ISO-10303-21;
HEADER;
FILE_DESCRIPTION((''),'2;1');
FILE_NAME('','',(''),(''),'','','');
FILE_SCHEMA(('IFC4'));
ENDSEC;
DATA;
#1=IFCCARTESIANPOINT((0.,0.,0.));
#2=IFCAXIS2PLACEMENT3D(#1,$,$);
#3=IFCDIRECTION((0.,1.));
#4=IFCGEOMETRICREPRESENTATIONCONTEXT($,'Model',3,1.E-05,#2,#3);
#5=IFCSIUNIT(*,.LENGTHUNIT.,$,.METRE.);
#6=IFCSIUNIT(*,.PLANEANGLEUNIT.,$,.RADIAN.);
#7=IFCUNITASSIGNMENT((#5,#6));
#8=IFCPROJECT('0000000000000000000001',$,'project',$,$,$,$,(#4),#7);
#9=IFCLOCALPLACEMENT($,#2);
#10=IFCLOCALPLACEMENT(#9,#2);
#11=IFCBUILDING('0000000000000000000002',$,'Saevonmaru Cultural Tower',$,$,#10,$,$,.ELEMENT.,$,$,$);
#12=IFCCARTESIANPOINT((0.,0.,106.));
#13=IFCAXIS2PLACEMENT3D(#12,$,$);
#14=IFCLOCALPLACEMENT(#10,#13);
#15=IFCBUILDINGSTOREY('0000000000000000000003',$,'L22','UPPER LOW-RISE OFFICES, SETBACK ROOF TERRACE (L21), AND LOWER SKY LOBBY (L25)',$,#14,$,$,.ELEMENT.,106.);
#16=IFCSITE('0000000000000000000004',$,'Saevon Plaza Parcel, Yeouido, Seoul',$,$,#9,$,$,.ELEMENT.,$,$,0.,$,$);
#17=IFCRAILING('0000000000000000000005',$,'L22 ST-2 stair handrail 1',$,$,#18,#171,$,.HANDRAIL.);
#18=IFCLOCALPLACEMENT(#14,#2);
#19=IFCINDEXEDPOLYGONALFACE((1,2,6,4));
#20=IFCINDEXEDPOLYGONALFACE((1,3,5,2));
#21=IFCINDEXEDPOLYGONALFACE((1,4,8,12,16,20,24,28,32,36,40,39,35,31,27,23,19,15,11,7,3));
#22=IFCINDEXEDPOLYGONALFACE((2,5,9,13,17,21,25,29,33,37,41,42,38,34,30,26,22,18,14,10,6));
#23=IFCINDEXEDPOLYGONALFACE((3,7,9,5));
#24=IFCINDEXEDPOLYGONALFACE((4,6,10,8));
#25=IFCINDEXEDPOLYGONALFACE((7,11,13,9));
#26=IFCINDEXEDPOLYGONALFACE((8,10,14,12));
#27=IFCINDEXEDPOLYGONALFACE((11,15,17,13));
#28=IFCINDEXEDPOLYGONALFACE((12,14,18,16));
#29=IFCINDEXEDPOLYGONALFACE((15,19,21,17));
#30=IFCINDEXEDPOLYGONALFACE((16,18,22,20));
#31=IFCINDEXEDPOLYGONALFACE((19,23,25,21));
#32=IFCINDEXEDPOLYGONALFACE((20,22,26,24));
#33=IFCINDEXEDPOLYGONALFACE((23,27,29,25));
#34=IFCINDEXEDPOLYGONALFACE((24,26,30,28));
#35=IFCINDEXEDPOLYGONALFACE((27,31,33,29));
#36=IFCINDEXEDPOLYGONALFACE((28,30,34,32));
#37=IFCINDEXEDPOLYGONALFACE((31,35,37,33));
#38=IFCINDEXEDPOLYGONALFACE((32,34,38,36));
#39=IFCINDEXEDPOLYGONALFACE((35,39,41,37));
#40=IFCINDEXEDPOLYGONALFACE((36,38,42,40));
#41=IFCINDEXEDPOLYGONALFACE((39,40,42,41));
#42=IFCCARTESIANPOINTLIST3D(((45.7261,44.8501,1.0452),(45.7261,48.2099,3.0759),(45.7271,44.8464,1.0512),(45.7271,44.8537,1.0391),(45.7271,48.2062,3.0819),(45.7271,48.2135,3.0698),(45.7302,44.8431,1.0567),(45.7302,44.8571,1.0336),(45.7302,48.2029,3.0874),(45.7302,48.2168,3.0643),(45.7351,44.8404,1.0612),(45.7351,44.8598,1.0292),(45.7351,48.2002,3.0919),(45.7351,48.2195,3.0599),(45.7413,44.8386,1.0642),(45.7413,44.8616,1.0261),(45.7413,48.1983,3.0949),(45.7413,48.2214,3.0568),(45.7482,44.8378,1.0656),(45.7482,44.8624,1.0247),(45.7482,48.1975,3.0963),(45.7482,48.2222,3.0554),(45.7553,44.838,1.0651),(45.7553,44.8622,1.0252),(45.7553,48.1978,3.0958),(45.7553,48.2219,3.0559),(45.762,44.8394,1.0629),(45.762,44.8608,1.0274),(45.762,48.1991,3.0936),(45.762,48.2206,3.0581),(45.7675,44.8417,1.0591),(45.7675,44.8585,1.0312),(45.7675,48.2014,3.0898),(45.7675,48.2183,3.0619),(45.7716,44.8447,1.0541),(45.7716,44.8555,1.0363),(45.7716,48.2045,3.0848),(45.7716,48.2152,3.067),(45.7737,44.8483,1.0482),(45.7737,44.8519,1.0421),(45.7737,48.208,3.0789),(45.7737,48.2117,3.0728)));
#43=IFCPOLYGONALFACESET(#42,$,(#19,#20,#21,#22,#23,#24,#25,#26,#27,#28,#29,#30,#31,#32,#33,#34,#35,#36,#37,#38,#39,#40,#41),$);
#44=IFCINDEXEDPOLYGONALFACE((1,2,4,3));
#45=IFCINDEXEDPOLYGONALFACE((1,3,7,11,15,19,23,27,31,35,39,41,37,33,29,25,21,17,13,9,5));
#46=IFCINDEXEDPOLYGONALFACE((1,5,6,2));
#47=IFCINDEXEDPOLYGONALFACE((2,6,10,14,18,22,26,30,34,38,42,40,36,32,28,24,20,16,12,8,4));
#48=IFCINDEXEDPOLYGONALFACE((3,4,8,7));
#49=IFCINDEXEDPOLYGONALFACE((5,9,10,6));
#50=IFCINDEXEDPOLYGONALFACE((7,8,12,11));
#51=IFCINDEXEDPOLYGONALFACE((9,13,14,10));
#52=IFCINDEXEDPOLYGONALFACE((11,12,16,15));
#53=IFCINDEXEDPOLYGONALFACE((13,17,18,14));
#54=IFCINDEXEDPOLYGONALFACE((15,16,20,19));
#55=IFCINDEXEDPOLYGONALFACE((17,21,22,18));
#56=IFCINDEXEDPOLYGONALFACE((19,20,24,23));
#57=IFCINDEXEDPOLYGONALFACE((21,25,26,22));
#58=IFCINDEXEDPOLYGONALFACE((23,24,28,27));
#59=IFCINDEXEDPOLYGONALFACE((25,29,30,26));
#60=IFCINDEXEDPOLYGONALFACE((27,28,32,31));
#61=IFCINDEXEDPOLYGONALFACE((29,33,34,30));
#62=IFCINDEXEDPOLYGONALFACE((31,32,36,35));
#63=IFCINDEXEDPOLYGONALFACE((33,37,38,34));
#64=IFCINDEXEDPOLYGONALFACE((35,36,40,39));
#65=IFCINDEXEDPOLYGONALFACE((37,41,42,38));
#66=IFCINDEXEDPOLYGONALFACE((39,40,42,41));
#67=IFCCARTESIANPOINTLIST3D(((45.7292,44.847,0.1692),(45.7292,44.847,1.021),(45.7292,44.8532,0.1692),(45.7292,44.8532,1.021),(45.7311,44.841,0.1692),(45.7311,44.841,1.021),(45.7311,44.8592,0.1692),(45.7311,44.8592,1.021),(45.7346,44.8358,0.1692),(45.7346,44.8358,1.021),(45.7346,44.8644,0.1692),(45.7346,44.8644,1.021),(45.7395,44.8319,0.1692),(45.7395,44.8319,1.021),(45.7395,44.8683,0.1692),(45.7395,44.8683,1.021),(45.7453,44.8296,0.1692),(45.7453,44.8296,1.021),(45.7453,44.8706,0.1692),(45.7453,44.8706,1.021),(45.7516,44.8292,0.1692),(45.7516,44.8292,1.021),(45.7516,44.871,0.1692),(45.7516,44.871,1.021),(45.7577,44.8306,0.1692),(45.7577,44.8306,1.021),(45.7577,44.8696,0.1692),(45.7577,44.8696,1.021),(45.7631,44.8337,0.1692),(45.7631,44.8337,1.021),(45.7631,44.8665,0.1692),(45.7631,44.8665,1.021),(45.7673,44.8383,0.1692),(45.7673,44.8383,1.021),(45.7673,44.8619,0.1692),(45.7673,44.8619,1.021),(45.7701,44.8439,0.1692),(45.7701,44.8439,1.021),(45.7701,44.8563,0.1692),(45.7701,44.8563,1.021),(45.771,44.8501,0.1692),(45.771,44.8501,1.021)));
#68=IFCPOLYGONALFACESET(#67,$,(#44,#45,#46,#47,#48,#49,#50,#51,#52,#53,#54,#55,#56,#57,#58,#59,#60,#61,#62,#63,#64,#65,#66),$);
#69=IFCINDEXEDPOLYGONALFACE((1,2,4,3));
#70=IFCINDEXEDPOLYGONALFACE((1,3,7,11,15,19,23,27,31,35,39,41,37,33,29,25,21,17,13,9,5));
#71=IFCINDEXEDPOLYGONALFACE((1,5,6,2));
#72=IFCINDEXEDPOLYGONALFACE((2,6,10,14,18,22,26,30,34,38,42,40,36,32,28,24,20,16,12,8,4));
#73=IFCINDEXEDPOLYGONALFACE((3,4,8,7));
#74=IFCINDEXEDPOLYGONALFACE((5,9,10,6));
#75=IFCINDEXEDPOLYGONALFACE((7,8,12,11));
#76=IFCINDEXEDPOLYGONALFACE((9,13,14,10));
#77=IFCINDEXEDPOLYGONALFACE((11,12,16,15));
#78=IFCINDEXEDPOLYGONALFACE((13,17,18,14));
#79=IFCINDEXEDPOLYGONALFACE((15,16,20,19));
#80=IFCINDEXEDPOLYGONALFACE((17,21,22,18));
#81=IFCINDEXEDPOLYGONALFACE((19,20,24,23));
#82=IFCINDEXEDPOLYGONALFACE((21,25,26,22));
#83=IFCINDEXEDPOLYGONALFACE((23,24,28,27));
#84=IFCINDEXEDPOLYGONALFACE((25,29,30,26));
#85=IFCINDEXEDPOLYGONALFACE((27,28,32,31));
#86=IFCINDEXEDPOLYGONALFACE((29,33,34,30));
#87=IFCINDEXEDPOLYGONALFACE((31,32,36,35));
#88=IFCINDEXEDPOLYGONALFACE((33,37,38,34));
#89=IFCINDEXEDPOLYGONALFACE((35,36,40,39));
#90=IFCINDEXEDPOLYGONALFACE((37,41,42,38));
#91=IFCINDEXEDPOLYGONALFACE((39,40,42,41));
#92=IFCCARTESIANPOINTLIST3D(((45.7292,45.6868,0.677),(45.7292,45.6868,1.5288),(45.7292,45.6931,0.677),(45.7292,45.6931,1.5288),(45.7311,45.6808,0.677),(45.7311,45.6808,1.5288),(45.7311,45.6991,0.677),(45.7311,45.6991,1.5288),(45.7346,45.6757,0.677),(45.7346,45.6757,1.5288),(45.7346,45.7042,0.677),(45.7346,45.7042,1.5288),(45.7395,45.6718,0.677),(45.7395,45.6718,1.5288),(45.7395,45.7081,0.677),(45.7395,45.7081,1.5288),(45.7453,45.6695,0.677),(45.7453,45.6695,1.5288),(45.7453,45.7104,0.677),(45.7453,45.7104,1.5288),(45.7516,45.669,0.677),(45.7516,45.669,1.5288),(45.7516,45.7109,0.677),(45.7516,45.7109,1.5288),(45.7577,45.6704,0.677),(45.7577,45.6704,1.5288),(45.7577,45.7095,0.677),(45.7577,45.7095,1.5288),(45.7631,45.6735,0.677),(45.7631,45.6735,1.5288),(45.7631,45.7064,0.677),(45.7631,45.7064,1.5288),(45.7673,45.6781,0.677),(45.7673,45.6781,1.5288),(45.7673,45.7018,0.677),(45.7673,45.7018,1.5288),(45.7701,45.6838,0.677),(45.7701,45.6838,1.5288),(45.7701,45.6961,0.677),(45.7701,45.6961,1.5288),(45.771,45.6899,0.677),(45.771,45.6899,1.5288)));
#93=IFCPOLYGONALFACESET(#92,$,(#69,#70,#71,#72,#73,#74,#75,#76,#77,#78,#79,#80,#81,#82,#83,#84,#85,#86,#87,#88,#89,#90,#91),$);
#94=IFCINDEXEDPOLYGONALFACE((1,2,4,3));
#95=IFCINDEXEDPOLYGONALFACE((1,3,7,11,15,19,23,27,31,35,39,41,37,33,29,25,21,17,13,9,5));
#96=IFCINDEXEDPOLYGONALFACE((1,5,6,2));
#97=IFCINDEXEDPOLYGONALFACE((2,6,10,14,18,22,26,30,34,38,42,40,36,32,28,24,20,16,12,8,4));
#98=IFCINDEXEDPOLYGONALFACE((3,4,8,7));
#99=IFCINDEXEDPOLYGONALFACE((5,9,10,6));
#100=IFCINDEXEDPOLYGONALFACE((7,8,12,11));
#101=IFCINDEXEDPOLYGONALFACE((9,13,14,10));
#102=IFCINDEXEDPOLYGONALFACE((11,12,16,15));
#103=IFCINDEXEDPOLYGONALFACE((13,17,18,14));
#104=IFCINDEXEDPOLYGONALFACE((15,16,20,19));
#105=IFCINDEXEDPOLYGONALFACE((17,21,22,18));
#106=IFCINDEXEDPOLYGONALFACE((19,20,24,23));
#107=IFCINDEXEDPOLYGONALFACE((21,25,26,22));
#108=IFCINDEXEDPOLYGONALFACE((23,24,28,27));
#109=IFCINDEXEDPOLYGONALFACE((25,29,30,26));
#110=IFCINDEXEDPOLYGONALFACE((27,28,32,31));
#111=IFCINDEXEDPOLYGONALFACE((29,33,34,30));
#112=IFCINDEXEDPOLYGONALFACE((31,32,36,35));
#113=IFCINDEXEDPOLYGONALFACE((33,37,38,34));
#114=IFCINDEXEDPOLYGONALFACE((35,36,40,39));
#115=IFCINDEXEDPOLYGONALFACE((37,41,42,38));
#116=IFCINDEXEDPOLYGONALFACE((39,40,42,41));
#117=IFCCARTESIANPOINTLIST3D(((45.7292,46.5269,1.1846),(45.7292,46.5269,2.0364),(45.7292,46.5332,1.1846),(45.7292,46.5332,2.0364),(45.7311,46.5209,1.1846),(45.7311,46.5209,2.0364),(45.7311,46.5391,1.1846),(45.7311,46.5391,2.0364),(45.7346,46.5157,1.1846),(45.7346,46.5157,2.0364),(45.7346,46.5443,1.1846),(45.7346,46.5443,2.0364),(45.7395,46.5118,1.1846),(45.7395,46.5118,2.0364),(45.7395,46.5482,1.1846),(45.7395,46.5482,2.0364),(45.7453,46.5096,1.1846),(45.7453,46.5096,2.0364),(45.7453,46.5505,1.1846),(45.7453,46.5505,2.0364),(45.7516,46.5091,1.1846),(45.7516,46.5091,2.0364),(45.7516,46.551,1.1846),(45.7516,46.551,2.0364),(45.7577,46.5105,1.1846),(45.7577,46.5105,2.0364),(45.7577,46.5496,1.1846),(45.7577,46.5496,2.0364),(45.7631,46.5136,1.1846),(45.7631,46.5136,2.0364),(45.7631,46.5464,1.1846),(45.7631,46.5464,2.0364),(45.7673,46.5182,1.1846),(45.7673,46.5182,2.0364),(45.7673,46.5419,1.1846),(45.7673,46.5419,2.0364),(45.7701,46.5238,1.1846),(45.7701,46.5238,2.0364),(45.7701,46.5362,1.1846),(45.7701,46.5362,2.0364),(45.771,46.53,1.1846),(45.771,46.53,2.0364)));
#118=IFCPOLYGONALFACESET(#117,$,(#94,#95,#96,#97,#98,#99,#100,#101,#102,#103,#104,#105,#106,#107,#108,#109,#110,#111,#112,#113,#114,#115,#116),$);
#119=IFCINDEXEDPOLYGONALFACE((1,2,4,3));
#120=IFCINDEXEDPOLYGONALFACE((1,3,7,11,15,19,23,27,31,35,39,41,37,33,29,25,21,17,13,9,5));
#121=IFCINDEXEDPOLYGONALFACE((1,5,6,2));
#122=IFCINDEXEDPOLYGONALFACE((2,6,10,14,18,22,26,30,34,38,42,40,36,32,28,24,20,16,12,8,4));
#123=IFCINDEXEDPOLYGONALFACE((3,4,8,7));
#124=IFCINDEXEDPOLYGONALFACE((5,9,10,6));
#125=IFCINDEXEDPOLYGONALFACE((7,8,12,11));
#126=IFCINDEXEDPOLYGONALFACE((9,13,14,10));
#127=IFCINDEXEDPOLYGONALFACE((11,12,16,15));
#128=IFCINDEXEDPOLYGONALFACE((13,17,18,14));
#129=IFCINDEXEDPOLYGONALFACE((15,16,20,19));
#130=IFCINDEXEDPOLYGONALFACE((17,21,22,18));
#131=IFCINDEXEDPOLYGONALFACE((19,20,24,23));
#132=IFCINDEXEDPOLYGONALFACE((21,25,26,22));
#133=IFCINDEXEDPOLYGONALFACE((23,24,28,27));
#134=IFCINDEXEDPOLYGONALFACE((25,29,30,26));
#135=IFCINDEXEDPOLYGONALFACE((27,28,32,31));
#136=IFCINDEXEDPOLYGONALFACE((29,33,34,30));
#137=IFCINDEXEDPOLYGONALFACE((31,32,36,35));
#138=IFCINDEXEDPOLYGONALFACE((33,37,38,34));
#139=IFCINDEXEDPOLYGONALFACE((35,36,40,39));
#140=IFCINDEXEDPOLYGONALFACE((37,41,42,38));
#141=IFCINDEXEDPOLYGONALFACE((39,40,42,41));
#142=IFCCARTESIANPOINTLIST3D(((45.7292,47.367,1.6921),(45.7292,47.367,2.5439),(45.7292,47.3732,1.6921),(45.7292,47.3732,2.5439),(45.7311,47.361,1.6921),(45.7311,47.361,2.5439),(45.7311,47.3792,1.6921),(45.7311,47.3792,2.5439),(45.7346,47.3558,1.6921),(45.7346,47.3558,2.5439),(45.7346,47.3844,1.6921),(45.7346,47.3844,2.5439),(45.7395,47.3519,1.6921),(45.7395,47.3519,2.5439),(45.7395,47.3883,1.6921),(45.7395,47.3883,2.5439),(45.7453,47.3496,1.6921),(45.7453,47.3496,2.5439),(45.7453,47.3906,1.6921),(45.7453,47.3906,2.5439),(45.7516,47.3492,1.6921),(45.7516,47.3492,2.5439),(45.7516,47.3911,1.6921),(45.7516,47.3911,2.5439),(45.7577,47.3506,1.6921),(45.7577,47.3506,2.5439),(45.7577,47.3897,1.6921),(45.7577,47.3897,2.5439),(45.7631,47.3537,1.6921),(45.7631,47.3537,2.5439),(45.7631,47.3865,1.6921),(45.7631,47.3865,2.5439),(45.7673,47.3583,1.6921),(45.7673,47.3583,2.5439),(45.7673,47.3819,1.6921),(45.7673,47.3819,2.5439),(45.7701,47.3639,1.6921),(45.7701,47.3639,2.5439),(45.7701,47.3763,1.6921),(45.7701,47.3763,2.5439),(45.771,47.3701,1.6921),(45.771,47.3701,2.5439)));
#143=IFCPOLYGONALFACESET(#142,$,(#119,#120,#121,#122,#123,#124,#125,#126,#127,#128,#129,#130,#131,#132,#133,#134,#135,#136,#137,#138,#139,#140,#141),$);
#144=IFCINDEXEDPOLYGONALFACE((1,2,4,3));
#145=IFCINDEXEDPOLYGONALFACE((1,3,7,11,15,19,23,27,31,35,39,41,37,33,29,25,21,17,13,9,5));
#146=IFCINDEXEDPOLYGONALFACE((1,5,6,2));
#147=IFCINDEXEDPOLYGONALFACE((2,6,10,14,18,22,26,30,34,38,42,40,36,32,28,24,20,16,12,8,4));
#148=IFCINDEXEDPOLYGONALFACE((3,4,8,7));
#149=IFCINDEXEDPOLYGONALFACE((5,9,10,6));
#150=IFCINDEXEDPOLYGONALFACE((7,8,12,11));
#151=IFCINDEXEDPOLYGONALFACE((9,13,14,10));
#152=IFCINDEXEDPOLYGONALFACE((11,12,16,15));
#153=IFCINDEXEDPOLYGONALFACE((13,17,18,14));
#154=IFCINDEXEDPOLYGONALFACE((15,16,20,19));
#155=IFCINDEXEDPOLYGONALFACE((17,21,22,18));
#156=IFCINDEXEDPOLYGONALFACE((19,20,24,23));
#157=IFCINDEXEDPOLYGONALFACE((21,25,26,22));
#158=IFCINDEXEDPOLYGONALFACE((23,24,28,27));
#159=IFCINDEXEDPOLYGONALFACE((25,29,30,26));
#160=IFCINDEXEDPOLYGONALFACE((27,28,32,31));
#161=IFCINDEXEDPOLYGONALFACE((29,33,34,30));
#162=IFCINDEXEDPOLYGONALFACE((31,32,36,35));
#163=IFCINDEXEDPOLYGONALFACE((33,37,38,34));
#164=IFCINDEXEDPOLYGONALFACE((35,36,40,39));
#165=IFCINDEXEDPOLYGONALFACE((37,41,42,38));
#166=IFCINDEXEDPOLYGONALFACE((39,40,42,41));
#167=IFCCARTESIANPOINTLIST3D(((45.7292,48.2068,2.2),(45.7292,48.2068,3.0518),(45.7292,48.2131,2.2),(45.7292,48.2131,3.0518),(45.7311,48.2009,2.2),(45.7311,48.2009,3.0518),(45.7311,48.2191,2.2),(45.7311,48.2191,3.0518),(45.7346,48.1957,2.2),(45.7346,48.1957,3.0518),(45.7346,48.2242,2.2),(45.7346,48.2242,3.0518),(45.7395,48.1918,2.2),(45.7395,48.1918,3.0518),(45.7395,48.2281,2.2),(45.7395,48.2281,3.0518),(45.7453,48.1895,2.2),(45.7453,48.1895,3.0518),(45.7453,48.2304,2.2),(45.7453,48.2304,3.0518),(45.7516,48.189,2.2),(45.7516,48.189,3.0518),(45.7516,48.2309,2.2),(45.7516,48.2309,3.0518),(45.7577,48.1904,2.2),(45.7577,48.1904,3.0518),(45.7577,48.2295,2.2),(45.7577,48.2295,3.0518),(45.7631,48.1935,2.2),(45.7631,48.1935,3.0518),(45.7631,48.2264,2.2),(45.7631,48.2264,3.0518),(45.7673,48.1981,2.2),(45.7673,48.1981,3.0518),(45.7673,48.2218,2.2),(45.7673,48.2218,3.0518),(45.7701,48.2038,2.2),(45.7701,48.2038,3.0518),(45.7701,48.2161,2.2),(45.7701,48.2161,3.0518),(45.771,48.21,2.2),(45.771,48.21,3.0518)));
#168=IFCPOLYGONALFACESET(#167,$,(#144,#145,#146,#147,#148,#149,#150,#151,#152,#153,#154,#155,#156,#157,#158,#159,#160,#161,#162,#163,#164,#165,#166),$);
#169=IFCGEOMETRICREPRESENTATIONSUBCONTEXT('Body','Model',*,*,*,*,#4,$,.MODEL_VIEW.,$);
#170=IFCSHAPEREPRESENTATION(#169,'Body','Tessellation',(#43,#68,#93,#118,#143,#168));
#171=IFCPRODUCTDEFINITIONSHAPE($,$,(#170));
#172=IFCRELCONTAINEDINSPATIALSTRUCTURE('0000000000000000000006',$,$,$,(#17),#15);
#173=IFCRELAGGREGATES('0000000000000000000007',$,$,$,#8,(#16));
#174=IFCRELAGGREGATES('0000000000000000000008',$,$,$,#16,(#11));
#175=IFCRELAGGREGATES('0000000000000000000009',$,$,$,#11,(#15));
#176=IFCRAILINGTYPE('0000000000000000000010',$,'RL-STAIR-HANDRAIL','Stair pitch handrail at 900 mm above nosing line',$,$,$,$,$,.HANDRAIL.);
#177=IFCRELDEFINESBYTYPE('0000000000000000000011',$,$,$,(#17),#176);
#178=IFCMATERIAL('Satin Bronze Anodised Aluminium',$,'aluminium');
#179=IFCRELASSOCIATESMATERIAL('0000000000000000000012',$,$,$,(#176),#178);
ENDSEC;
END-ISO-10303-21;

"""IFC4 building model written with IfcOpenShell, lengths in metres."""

from ifc_helpers import new_model, si_unit, direction, frame, origin, origin_2d, place, context, subcontext, project, spatial, circle, extrude, material, type_object, element, save


model = new_model("IFC4")

# Units and contexts
model_context = context("Model", 3, precision=1e-05, world=origin(), true_north=direction((0.0, 1.0)))
body_context = subcontext(model_context, "Body", "Model", "MODEL_VIEW")
ifc_project = project(units=[si_unit("LENGTHUNIT", "METRE"), si_unit("PLANEANGLEUNIT", "RADIAN")], contexts=[model_context])

# Site, building, storey
site_placement = place(None, origin())
site = spatial("IfcSite", under=ifc_project, at=site_placement, Name="Saevon Plaza Parcel, Yeouido, Seoul", CompositionType="ELEMENT", RefElevation=0.0)
building_placement = place(site_placement, origin())
building = spatial("IfcBuilding", under=site, at=building_placement, Name="Saevonmaru Cultural Tower", CompositionType="ELEMENT")
storey_placement = place(building_placement, frame((0.0, 0.0, 106.0)))
storey = spatial("IfcBuildingStorey", under=building, at=storey_placement, Name="L22", Description="UPPER LOW-RISE OFFICES, SETBACK ROOF TERRACE (L21), AND LOWER SKY LOBBY (L25)", CompositionType="ELEMENT", Elevation=106.0)

# Shared definitions
ifc_material_1 = material(Name="Satin Bronze Anodised Aluminium", Category="aluminium")

# Railing
railing_type_1 = type_object("IfcRailingType", Name="RL-STAIR-HANDRAIL", Description="Stair pitch handrail at 900 mm above nosing line", PredefinedType="HANDRAIL", material=ifc_material_1)
railing_1_placement = place(storey_placement, frame((45.75, 44.8501, 0.1692)))
element("IfcRailing", 1, at=railing_1_placement, inside=storey, type_object=railing_type_1, Name="L22 ST-2 stair handrail 1", PredefinedType="HANDRAIL", context=body_context, shape_type="SweptSolid", body=[
    extrude(circle(Radius=0.0239, at=origin_2d()), frame((0.0, 0.0, 0.876), z_axis=(0.0, 0.85582, 0.517273), x_axis=(-1.0, 0.0, 0.0)), (0.0, 0.0, 1.0), 3.9258),
    extrude(circle(Radius=0.021, at=origin_2d()), origin(), (0.0, 0.0, 1.0), 0.8518),
    extrude(circle(Radius=0.021, at=origin_2d()), frame((0.0, 0.8398, 0.5078)), (0.0, 0.0, 1.0), 0.8518),
    extrude(circle(Radius=0.021, at=origin_2d()), frame((0.0, 1.6799, 1.0154)), (0.0, 0.0, 1.0), 0.8518),
    extrude(circle(Radius=0.021, at=origin_2d()), frame((0.0, 2.52, 1.5229)), (0.0, 0.0, 1.0), 0.8518),
    extrude(circle(Radius=0.021, at=origin_2d()), frame((0.0, 3.3599, 2.0308)), (0.0, 0.0, 1.0), 0.8518),
])

save(model, "model.ifc")
